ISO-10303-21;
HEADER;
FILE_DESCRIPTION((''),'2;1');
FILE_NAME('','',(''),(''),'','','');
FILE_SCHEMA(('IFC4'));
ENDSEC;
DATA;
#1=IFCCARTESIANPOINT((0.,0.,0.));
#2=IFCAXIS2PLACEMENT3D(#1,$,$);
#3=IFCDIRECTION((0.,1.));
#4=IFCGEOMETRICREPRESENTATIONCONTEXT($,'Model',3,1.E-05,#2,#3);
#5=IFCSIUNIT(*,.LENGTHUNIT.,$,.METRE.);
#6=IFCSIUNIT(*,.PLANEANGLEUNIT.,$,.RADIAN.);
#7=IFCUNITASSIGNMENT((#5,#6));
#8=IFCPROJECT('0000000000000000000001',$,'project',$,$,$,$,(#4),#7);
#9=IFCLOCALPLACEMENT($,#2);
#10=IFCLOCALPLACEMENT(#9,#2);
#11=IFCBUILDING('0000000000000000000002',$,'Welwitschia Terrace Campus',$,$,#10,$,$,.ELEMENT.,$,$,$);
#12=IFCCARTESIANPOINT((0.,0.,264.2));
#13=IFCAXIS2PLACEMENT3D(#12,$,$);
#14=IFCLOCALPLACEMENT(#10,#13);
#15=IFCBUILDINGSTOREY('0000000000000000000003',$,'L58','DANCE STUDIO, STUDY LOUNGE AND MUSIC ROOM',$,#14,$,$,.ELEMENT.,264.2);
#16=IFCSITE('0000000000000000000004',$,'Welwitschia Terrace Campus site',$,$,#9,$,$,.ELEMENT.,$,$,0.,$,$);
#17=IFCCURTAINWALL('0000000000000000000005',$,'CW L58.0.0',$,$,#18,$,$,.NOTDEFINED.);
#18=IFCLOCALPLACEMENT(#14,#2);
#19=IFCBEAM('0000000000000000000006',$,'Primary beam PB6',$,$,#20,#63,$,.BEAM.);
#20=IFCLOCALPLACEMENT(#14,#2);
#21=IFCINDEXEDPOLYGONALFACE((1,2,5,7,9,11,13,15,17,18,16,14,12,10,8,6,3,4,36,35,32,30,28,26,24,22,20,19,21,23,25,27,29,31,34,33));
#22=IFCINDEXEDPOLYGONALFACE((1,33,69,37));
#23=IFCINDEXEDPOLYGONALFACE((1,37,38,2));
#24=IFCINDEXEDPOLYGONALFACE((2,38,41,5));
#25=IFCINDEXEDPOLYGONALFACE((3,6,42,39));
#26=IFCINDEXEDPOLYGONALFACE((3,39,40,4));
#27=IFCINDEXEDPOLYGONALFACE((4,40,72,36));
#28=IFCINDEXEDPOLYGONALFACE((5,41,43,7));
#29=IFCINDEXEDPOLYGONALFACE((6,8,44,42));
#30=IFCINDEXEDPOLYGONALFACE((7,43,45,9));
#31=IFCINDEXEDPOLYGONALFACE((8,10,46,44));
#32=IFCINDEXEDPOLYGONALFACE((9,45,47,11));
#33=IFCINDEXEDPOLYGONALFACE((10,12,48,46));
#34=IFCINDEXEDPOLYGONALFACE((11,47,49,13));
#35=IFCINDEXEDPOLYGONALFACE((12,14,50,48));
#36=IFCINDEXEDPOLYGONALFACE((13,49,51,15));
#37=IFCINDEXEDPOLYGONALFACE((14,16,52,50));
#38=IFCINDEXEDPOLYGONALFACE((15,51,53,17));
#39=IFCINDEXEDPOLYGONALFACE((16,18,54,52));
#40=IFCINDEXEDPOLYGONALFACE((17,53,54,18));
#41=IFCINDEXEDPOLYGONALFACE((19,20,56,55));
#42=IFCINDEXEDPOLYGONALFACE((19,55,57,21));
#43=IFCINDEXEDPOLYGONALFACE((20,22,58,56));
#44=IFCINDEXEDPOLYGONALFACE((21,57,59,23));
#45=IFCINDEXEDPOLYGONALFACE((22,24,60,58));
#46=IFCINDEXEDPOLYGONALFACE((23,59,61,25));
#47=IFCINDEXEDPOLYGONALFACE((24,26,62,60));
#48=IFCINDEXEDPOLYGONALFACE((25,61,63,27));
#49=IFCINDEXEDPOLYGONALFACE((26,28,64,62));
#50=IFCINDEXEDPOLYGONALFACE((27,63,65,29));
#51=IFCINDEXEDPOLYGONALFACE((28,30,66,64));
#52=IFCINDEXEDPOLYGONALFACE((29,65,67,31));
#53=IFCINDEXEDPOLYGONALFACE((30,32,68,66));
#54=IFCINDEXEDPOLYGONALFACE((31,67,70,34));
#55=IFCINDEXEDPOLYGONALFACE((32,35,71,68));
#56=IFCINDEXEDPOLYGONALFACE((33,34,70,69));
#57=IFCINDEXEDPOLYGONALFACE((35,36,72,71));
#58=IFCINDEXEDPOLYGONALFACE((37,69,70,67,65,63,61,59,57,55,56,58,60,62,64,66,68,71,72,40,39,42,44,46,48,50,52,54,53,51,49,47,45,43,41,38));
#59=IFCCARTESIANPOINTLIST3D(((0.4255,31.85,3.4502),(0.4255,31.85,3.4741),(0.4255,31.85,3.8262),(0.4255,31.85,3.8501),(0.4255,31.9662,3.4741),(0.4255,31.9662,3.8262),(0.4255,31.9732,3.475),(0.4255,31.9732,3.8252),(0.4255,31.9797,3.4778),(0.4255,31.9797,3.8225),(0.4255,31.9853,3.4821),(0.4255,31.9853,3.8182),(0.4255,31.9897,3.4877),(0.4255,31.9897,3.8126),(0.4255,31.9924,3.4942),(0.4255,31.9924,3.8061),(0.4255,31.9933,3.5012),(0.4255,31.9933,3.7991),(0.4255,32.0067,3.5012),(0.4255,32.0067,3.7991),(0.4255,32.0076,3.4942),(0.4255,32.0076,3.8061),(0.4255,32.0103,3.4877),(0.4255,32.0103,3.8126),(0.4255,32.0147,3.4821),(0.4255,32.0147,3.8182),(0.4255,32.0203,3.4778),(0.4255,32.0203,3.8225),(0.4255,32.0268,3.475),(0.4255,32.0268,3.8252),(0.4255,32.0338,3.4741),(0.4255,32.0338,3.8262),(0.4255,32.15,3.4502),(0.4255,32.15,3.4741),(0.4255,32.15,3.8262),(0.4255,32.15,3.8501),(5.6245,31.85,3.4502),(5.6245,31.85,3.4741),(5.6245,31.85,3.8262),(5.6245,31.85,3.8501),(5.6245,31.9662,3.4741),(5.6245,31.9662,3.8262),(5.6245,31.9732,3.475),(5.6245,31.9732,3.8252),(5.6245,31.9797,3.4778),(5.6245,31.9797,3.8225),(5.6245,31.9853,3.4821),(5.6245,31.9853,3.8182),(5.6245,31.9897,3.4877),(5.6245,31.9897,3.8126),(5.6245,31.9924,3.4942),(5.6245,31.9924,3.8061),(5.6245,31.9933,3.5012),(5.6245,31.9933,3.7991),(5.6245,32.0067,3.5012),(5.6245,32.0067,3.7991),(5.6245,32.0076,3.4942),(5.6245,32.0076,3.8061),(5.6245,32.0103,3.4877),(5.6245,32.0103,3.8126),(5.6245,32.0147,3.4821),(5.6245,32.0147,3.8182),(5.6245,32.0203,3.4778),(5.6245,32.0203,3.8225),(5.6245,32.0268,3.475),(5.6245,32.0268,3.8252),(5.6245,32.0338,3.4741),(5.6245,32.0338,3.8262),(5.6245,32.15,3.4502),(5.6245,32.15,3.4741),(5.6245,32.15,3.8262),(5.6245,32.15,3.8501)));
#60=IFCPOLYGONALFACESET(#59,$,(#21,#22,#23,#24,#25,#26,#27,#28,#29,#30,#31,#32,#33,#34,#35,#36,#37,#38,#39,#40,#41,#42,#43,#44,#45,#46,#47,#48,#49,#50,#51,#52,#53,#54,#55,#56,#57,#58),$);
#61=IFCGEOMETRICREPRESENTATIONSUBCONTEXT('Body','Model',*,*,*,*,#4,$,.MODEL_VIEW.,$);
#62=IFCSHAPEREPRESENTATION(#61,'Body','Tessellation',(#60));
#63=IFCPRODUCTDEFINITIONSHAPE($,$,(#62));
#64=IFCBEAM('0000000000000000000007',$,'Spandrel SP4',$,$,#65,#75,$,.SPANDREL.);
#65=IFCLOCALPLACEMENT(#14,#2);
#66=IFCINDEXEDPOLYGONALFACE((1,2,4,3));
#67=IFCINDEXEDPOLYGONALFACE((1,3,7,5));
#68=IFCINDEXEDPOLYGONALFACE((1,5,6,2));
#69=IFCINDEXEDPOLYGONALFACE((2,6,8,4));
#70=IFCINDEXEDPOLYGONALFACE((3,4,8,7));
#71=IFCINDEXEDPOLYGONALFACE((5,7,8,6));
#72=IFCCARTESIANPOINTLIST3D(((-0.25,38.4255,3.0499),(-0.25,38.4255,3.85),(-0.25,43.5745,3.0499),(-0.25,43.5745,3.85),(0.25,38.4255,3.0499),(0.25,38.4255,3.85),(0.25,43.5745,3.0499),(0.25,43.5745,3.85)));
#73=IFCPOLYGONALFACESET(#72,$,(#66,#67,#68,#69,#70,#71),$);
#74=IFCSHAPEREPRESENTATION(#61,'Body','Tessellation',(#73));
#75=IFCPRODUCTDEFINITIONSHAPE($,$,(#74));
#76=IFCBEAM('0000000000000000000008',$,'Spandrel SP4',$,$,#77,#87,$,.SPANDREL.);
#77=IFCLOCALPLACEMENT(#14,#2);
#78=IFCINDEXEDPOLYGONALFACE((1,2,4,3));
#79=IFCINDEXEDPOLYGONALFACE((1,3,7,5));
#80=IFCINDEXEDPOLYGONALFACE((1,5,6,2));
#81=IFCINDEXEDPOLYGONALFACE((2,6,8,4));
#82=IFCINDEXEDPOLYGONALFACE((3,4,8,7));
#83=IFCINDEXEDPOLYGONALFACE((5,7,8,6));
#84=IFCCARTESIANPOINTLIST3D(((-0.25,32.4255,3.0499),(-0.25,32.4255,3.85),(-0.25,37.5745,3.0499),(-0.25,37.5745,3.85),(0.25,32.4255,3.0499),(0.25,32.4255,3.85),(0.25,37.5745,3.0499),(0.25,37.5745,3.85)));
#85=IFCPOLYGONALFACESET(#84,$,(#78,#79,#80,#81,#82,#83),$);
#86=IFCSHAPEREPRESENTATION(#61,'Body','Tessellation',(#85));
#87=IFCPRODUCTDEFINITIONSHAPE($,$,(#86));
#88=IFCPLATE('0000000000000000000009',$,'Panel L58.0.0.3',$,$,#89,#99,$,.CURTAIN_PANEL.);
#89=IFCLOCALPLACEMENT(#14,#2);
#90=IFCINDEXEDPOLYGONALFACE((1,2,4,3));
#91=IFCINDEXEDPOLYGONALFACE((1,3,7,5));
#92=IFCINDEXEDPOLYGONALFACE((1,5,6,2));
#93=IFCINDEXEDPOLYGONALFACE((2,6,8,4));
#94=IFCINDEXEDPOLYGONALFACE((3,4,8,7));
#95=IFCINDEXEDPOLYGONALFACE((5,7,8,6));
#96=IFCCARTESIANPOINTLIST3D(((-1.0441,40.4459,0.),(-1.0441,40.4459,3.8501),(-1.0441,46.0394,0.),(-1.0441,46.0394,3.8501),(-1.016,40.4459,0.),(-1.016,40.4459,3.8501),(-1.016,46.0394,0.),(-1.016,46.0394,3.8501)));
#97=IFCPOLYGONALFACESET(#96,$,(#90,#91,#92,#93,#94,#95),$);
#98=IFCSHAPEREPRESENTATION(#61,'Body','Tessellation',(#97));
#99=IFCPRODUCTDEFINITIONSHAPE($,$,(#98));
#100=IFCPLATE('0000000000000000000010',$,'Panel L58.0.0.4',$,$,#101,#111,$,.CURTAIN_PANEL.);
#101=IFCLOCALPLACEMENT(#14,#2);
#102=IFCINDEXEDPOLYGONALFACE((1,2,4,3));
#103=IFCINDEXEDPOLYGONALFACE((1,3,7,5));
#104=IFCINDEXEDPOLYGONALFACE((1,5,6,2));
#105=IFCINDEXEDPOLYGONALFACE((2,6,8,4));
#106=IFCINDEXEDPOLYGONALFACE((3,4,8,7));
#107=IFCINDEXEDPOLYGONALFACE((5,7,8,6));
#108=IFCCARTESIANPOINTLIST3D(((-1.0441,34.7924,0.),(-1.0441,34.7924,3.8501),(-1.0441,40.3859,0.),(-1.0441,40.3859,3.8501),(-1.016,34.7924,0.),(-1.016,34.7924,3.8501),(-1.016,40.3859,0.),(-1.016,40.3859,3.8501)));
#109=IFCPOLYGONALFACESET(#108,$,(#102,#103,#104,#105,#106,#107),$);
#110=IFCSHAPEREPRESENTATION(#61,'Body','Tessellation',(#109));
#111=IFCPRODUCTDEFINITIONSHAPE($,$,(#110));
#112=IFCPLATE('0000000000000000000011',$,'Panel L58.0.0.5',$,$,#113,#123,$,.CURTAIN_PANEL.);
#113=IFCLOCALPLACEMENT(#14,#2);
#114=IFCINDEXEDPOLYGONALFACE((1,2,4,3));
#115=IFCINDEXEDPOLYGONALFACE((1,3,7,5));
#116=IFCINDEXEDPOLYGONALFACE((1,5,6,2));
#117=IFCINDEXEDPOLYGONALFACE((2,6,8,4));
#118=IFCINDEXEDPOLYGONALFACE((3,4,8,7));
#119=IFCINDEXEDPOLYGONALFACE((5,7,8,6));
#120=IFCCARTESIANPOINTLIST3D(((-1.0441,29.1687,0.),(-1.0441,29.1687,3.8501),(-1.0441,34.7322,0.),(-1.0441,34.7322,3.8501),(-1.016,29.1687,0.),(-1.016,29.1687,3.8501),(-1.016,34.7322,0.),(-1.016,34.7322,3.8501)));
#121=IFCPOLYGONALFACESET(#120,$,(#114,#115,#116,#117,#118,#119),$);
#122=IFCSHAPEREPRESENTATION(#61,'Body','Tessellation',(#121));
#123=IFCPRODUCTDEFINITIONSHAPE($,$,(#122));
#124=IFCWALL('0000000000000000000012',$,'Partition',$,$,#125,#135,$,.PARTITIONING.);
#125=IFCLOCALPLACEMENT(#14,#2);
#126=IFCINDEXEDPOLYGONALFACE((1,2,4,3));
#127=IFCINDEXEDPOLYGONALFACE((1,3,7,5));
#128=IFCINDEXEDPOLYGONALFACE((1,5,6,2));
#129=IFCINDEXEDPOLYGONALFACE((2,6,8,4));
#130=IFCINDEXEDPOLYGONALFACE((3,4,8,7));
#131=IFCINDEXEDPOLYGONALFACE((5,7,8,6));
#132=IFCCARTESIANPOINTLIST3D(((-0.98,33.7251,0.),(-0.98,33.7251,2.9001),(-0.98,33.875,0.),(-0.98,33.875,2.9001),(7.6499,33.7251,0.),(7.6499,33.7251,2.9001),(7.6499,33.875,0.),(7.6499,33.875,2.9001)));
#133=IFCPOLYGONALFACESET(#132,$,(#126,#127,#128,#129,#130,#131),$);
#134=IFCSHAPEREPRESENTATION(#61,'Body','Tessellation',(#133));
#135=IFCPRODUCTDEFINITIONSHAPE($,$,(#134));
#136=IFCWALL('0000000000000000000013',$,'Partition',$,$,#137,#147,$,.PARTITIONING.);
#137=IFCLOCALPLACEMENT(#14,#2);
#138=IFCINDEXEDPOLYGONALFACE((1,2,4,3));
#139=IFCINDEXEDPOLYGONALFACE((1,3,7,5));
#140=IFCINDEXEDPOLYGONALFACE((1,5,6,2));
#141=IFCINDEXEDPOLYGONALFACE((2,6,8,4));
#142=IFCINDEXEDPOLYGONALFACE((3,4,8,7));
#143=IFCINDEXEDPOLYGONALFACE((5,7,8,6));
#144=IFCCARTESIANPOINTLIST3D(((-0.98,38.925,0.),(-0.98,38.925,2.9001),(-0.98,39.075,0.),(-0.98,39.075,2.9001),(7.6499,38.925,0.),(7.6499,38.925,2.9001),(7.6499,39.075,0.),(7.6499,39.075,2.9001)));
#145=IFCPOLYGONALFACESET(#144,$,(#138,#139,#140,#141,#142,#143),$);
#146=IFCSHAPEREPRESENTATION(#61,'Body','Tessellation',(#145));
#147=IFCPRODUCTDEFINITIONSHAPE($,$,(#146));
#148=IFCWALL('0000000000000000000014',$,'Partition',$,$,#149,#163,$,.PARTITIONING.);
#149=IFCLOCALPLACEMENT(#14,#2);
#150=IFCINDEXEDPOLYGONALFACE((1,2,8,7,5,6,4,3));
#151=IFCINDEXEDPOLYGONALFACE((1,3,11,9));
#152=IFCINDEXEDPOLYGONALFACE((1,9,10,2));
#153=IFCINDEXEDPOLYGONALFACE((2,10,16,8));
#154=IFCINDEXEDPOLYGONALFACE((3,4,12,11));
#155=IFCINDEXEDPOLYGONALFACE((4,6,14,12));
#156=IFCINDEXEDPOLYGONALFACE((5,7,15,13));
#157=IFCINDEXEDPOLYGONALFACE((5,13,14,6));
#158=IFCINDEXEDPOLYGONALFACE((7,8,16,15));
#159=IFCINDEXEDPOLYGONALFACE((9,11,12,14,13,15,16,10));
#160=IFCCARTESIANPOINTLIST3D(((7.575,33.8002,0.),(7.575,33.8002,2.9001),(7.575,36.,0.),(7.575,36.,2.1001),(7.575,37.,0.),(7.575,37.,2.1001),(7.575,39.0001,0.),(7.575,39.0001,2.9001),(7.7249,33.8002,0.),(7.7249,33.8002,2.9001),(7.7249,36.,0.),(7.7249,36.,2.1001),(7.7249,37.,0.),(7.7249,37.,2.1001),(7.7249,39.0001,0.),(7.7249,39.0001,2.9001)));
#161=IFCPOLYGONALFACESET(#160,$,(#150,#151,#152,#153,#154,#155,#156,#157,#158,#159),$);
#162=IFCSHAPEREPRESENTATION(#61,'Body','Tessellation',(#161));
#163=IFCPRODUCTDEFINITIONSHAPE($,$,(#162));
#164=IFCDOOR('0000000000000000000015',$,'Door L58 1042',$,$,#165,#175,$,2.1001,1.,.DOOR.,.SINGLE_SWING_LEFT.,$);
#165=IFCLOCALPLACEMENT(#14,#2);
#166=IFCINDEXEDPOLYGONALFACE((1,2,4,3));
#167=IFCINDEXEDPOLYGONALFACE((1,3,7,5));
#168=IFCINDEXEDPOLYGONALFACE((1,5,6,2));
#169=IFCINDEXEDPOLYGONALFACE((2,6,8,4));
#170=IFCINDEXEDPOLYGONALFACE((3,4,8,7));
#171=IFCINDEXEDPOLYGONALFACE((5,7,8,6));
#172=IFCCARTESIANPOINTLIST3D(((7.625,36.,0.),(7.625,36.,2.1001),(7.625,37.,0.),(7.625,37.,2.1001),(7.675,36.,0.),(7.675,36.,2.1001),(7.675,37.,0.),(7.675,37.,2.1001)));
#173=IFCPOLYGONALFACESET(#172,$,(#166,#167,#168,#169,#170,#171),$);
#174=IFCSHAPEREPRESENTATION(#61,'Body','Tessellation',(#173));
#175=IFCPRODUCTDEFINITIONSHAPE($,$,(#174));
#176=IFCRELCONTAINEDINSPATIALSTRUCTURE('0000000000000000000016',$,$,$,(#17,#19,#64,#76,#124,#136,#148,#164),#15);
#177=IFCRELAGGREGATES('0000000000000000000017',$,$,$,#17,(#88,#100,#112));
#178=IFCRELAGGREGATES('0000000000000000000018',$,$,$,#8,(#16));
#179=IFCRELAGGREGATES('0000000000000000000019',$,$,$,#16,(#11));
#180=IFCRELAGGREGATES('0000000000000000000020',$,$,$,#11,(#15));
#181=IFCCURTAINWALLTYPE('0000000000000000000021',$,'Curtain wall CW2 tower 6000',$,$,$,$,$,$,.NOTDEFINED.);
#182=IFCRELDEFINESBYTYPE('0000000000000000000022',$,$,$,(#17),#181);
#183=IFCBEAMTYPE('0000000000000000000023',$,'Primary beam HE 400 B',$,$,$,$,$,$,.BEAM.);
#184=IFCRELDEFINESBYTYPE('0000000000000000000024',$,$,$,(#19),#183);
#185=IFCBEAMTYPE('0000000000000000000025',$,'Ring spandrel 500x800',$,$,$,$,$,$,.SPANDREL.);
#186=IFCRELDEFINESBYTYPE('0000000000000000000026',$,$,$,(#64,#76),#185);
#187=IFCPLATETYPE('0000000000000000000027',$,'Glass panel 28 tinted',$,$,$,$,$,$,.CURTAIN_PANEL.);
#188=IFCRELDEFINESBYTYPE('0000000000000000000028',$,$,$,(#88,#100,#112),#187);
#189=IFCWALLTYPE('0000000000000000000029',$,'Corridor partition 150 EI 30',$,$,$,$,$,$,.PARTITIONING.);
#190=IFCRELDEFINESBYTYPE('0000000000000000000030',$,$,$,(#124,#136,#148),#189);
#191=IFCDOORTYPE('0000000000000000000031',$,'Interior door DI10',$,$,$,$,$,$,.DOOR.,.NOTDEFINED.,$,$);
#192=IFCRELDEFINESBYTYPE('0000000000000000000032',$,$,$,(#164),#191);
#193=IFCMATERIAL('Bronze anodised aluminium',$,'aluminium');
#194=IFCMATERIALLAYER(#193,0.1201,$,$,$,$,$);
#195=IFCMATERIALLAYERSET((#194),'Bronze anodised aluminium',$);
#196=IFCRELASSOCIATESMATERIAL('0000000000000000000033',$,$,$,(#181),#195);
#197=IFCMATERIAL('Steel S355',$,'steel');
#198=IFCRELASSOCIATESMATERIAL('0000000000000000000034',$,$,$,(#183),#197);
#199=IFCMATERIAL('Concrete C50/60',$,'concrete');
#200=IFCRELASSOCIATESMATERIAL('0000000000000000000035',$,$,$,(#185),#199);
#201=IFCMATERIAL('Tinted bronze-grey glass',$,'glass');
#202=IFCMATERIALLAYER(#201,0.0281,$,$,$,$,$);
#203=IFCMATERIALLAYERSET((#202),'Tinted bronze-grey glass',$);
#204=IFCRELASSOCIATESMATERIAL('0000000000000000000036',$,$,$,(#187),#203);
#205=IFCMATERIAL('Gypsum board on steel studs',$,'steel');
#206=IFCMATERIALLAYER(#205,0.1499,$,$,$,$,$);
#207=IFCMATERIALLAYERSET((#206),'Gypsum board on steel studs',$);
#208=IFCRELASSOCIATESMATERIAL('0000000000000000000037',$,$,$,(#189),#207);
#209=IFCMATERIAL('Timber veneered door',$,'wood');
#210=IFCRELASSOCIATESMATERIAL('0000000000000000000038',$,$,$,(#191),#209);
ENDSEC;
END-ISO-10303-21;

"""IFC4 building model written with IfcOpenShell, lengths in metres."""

from ifc_helpers import new_model, si_unit, direction, frame, frame_2d, origin, origin_2d, place, context, subcontext, project, spatial, rectangle, i_section, extrude, material, layer, layer_set, material_profile, profile_set, type_object, element, fill, aggregate, save


model = new_model("IFC4")

# Units and contexts
model_context = context("Model", 3, precision=1e-05, world=origin(), true_north=direction((0.0, 1.0)))
body_context = subcontext(model_context, "Body", "Model", "MODEL_VIEW")
ifc_project = project(units=[si_unit("LENGTHUNIT", "METRE"), si_unit("PLANEANGLEUNIT", "RADIAN")], contexts=[model_context])

# Site, building, storey
site_placement = place(None, origin())
site = spatial("IfcSite", under=ifc_project, at=site_placement, Name="Welwitschia Terrace Campus site", CompositionType="ELEMENT", RefElevation=0.0)
building_placement = place(site_placement, origin())
building = spatial("IfcBuilding", under=site, at=building_placement, Name="Welwitschia Terrace Campus", CompositionType="ELEMENT")
storey_placement = place(building_placement, frame((0.0, 0.0, 264.2)))
storey = spatial("IfcBuildingStorey", under=building, at=storey_placement, Name="L58", Description="DANCE STUDIO, STUDY LOUNGE AND MUSIC ROOM", CompositionType="ELEMENT", Elevation=264.2)

# Curtain wall
ifc_material_1 = material(Name="Bronze anodised aluminium", Category="aluminium")
ifc_layer_1 = layer(ifc_material_1, 0.1201)
ifc_layer_set_1 = layer_set([ifc_layer_1], Name="Bronze anodised aluminium")
curtain_wall_type = type_object("IfcCurtainWallType", Name="Curtain wall CW2 tower 6000", PredefinedType="NOTDEFINED", material=ifc_layer_set_1)
curtain_wall_placement = place(storey_placement, origin())
curtain_wall = element("IfcCurtainWall", 1, at=curtain_wall_placement, inside=storey, type_object=curtain_wall_type, Name="CW L58.0.0", PredefinedType="NOTDEFINED")

# Beams
ifc_material_2 = material(Name="Steel S355", Category="steel")
ifc_material_profile_1 = material_profile(ifc_material_2, i_section(OverallWidth=0.3, OverallDepth=0.3999, WebThickness=0.0134, FlangeThickness=0.0239, FilletRadius=0.0271, at=origin_2d()))
ifc_profile_set_1 = profile_set([ifc_material_profile_1], Name="Steel S355")
beam_type_1 = type_object("IfcBeamType", Name="Primary beam HE 400 B", PredefinedType="BEAM", material=ifc_profile_set_1)
beam_1_placement = place(storey_placement, frame((0.4255, 32.0, 3.6501), z_axis=(1.0, 0.0, 0.0), x_axis=(0.0, 1.0, 0.0)))
element("IfcBeam", 2, at=beam_1_placement, inside=storey, type_object=beam_type_1, Name="Primary beam PB6", PredefinedType="BEAM", context=body_context, shape_type="SweptSolid", body=[
    extrude(i_section(OverallWidth=0.3, OverallDepth=0.3999, WebThickness=0.0134, FlangeThickness=0.0239, FilletRadius=0.0271, at=origin_2d()), origin(), (0.0, 0.0, 1.0), 5.199),
])
ifc_material_3 = material(Name="Concrete C50/60", Category="concrete")
ifc_material_profile_2 = material_profile(ifc_material_3, rectangle(XDim=0.5, YDim=0.8, at=origin_2d()))
ifc_profile_set_2 = profile_set([ifc_material_profile_2], Name="Concrete C50/60")
beam_type_2 = type_object("IfcBeamType", Name="Ring spandrel 500x800", PredefinedType="SPANDREL", material=ifc_profile_set_2)
for number, where, z_axis, x_axis, name in (
    (3, (0.0, 43.5745, 3.45), (0.0, -1.0, 0.0), (1.0, 0.0, 0.0), "Spandrel SP4"),
    (4, (0.0, 37.5745, 3.45), (0.0, -1.0, 0.0), (1.0, 0.0, 0.0), "Spandrel SP4"),
):
    element("IfcBeam", number, at=place(storey_placement, frame(where, z_axis=z_axis, x_axis=x_axis)), inside=storey, type_object=beam_type_2, Name=name, PredefinedType="SPANDREL", context=body_context, shape_type="SweptSolid", body=[
        extrude(rectangle(XDim=0.5, YDim=0.8, at=origin_2d()), origin(), (0.0, 0.0, 1.0), 5.1489),
    ])

# Plates
ifc_material_4 = material(Name="Tinted bronze-grey glass", Category="glass")
ifc_layer_2 = layer(ifc_material_4, 0.0281)
ifc_layer_set_2 = layer_set([ifc_layer_2], Name="Tinted bronze-grey glass")
plate_type = type_object("IfcPlateType", Name="Glass panel 28 tinted", PredefinedType="CURTAIN_PANEL", material=ifc_layer_set_2)
plate_1_placement = place(storey_placement, frame((-1.03, 43.2427, 0.0), z_axis=(0.0, 0.0, 1.0), x_axis=(0.0, -1.0, 0.0)))
plate_1 = element("IfcPlate", 5, at=plate_1_placement, type_object=plate_type, Name="Panel L58.0.0.3", PredefinedType="CURTAIN_PANEL", context=body_context, shape_type="SweptSolid", body=[
    extrude(rectangle(XDim=5.5935, YDim=0.0281, at=origin_2d()), origin(), (0.0, 0.0, 1.0), 3.8501),
])
plate_2_placement = place(storey_placement, frame((-1.03, 37.5891, 0.0), z_axis=(0.0, 0.0, 1.0), x_axis=(0.0, -1.0, 0.0)))
plate_2 = element("IfcPlate", 6, at=plate_2_placement, type_object=plate_type, Name="Panel L58.0.0.4", PredefinedType="CURTAIN_PANEL", context=body_context, shape_type="SweptSolid", body=[
    extrude(rectangle(XDim=5.5935, YDim=0.0281, at=origin_2d()), origin(), (0.0, 0.0, 1.0), 3.8501),
])
plate_3_placement = place(storey_placement, frame((-1.03, 31.9504, 0.0), z_axis=(0.0, 0.0, 1.0), x_axis=(0.0, -1.0, 0.0)))
plate_3 = element("IfcPlate", 7, at=plate_3_placement, type_object=plate_type, Name="Panel L58.0.0.5", PredefinedType="CURTAIN_PANEL", context=body_context, shape_type="SweptSolid", body=[
    extrude(rectangle(XDim=5.5635, YDim=0.0281, at=origin_2d()), origin(), (0.0, 0.0, 1.0), 3.8501),
])
aggregate(curtain_wall, [plate_1, plate_2, plate_3])

# Walls
ifc_material_5 = material(Name="Gypsum board on steel studs", Category="steel")
ifc_layer_3 = layer(ifc_material_5, 0.1499)
ifc_layer_set_3 = layer_set([ifc_layer_3], Name="Gypsum board on steel studs")
wall_type = type_object("IfcWallType", Name="Corridor partition 150 EI 30", PredefinedType="PARTITIONING", material=ifc_layer_set_3)
for number, where, z_axis, x_axis, name in (
    (8, (-0.98, 33.8, 0.0), (0.0, 0.0, 1.0), (1.0, 0.0, 0.0), "Partition"),
    (9, (-0.98, 39.0, 0.0), (0.0, 0.0, 1.0), (1.0, 0.0, 0.0), "Partition"),
):
    element("IfcWall", number, at=place(storey_placement, frame(where, z_axis=z_axis, x_axis=x_axis)), inside=storey, type_object=wall_type, Name=name, PredefinedType="PARTITIONING", context=body_context, shape_type="SweptSolid", body=[
        extrude(rectangle(XDim=8.6299, YDim=0.1499, at=frame_2d((4.3149, 0.0))), origin(), (0.0, 0.0, 1.0), 2.9001),
    ])

# Wall, opening, door
wall_1_placement = place(storey_placement, frame((7.6499, 33.8, 0.0), z_axis=(0.0, 0.0, 1.0), x_axis=(0.0, 1.0, 0.0)))
wall_1 = element("IfcWall", 10, at=wall_1_placement, inside=storey, type_object=wall_type, Name="Partition", PredefinedType="PARTITIONING", context=body_context, shape_type="SweptSolid", body=[
    extrude(rectangle(XDim=5.2, YDim=0.1499, at=frame_2d((2.6001, 0.0))), origin(), (0.0, 0.0, 1.0), 2.9001),
])
opening_1_placement = place(wall_1_placement, frame((2.2, 0.0, 0.0)))
opening_1 = element("IfcOpeningElement", 11, at=opening_1_placement, cuts=wall_1, PredefinedType="OPENING", context=body_context, shape_type="SweptSolid", body=[
    extrude(rectangle(XDim=1.0, YDim=2.1001, at=frame_2d((0.5, 1.05))), frame((0.0, 0.085, 0.0), z_axis=(0.0, -1.0, 0.0), x_axis=(1.0, 0.0, 0.0)), (0.0, 0.0, 1.0), 0.1699),
])
ifc_material_6 = material(Name="Timber veneered door", Category="wood")
door_type = type_object("IfcDoorType", Name="Interior door DI10", OperationType="NOTDEFINED", PredefinedType="DOOR", material=ifc_material_6)
door_1_placement = place(opening_1_placement, origin())
door_1 = element("IfcDoor", 12, at=door_1_placement, inside=storey, type_object=door_type, Name="Door L58 1042", OperationType="SINGLE_SWING_LEFT", OverallHeight=2.1001, OverallWidth=1.0, PredefinedType="DOOR", context=body_context, shape_type="SweptSolid", body=[
    extrude(rectangle(XDim=1.0, YDim=2.1001, at=frame_2d((0.5, 1.05))), frame((0.0, 0.0249, 0.0), z_axis=(0.0, -1.0, 0.0), x_axis=(1.0, 0.0, 0.0)), (0.0, 0.0, 1.0), 0.05),
])
fill(opening_1, door_1)

save(model, "model.ifc")
